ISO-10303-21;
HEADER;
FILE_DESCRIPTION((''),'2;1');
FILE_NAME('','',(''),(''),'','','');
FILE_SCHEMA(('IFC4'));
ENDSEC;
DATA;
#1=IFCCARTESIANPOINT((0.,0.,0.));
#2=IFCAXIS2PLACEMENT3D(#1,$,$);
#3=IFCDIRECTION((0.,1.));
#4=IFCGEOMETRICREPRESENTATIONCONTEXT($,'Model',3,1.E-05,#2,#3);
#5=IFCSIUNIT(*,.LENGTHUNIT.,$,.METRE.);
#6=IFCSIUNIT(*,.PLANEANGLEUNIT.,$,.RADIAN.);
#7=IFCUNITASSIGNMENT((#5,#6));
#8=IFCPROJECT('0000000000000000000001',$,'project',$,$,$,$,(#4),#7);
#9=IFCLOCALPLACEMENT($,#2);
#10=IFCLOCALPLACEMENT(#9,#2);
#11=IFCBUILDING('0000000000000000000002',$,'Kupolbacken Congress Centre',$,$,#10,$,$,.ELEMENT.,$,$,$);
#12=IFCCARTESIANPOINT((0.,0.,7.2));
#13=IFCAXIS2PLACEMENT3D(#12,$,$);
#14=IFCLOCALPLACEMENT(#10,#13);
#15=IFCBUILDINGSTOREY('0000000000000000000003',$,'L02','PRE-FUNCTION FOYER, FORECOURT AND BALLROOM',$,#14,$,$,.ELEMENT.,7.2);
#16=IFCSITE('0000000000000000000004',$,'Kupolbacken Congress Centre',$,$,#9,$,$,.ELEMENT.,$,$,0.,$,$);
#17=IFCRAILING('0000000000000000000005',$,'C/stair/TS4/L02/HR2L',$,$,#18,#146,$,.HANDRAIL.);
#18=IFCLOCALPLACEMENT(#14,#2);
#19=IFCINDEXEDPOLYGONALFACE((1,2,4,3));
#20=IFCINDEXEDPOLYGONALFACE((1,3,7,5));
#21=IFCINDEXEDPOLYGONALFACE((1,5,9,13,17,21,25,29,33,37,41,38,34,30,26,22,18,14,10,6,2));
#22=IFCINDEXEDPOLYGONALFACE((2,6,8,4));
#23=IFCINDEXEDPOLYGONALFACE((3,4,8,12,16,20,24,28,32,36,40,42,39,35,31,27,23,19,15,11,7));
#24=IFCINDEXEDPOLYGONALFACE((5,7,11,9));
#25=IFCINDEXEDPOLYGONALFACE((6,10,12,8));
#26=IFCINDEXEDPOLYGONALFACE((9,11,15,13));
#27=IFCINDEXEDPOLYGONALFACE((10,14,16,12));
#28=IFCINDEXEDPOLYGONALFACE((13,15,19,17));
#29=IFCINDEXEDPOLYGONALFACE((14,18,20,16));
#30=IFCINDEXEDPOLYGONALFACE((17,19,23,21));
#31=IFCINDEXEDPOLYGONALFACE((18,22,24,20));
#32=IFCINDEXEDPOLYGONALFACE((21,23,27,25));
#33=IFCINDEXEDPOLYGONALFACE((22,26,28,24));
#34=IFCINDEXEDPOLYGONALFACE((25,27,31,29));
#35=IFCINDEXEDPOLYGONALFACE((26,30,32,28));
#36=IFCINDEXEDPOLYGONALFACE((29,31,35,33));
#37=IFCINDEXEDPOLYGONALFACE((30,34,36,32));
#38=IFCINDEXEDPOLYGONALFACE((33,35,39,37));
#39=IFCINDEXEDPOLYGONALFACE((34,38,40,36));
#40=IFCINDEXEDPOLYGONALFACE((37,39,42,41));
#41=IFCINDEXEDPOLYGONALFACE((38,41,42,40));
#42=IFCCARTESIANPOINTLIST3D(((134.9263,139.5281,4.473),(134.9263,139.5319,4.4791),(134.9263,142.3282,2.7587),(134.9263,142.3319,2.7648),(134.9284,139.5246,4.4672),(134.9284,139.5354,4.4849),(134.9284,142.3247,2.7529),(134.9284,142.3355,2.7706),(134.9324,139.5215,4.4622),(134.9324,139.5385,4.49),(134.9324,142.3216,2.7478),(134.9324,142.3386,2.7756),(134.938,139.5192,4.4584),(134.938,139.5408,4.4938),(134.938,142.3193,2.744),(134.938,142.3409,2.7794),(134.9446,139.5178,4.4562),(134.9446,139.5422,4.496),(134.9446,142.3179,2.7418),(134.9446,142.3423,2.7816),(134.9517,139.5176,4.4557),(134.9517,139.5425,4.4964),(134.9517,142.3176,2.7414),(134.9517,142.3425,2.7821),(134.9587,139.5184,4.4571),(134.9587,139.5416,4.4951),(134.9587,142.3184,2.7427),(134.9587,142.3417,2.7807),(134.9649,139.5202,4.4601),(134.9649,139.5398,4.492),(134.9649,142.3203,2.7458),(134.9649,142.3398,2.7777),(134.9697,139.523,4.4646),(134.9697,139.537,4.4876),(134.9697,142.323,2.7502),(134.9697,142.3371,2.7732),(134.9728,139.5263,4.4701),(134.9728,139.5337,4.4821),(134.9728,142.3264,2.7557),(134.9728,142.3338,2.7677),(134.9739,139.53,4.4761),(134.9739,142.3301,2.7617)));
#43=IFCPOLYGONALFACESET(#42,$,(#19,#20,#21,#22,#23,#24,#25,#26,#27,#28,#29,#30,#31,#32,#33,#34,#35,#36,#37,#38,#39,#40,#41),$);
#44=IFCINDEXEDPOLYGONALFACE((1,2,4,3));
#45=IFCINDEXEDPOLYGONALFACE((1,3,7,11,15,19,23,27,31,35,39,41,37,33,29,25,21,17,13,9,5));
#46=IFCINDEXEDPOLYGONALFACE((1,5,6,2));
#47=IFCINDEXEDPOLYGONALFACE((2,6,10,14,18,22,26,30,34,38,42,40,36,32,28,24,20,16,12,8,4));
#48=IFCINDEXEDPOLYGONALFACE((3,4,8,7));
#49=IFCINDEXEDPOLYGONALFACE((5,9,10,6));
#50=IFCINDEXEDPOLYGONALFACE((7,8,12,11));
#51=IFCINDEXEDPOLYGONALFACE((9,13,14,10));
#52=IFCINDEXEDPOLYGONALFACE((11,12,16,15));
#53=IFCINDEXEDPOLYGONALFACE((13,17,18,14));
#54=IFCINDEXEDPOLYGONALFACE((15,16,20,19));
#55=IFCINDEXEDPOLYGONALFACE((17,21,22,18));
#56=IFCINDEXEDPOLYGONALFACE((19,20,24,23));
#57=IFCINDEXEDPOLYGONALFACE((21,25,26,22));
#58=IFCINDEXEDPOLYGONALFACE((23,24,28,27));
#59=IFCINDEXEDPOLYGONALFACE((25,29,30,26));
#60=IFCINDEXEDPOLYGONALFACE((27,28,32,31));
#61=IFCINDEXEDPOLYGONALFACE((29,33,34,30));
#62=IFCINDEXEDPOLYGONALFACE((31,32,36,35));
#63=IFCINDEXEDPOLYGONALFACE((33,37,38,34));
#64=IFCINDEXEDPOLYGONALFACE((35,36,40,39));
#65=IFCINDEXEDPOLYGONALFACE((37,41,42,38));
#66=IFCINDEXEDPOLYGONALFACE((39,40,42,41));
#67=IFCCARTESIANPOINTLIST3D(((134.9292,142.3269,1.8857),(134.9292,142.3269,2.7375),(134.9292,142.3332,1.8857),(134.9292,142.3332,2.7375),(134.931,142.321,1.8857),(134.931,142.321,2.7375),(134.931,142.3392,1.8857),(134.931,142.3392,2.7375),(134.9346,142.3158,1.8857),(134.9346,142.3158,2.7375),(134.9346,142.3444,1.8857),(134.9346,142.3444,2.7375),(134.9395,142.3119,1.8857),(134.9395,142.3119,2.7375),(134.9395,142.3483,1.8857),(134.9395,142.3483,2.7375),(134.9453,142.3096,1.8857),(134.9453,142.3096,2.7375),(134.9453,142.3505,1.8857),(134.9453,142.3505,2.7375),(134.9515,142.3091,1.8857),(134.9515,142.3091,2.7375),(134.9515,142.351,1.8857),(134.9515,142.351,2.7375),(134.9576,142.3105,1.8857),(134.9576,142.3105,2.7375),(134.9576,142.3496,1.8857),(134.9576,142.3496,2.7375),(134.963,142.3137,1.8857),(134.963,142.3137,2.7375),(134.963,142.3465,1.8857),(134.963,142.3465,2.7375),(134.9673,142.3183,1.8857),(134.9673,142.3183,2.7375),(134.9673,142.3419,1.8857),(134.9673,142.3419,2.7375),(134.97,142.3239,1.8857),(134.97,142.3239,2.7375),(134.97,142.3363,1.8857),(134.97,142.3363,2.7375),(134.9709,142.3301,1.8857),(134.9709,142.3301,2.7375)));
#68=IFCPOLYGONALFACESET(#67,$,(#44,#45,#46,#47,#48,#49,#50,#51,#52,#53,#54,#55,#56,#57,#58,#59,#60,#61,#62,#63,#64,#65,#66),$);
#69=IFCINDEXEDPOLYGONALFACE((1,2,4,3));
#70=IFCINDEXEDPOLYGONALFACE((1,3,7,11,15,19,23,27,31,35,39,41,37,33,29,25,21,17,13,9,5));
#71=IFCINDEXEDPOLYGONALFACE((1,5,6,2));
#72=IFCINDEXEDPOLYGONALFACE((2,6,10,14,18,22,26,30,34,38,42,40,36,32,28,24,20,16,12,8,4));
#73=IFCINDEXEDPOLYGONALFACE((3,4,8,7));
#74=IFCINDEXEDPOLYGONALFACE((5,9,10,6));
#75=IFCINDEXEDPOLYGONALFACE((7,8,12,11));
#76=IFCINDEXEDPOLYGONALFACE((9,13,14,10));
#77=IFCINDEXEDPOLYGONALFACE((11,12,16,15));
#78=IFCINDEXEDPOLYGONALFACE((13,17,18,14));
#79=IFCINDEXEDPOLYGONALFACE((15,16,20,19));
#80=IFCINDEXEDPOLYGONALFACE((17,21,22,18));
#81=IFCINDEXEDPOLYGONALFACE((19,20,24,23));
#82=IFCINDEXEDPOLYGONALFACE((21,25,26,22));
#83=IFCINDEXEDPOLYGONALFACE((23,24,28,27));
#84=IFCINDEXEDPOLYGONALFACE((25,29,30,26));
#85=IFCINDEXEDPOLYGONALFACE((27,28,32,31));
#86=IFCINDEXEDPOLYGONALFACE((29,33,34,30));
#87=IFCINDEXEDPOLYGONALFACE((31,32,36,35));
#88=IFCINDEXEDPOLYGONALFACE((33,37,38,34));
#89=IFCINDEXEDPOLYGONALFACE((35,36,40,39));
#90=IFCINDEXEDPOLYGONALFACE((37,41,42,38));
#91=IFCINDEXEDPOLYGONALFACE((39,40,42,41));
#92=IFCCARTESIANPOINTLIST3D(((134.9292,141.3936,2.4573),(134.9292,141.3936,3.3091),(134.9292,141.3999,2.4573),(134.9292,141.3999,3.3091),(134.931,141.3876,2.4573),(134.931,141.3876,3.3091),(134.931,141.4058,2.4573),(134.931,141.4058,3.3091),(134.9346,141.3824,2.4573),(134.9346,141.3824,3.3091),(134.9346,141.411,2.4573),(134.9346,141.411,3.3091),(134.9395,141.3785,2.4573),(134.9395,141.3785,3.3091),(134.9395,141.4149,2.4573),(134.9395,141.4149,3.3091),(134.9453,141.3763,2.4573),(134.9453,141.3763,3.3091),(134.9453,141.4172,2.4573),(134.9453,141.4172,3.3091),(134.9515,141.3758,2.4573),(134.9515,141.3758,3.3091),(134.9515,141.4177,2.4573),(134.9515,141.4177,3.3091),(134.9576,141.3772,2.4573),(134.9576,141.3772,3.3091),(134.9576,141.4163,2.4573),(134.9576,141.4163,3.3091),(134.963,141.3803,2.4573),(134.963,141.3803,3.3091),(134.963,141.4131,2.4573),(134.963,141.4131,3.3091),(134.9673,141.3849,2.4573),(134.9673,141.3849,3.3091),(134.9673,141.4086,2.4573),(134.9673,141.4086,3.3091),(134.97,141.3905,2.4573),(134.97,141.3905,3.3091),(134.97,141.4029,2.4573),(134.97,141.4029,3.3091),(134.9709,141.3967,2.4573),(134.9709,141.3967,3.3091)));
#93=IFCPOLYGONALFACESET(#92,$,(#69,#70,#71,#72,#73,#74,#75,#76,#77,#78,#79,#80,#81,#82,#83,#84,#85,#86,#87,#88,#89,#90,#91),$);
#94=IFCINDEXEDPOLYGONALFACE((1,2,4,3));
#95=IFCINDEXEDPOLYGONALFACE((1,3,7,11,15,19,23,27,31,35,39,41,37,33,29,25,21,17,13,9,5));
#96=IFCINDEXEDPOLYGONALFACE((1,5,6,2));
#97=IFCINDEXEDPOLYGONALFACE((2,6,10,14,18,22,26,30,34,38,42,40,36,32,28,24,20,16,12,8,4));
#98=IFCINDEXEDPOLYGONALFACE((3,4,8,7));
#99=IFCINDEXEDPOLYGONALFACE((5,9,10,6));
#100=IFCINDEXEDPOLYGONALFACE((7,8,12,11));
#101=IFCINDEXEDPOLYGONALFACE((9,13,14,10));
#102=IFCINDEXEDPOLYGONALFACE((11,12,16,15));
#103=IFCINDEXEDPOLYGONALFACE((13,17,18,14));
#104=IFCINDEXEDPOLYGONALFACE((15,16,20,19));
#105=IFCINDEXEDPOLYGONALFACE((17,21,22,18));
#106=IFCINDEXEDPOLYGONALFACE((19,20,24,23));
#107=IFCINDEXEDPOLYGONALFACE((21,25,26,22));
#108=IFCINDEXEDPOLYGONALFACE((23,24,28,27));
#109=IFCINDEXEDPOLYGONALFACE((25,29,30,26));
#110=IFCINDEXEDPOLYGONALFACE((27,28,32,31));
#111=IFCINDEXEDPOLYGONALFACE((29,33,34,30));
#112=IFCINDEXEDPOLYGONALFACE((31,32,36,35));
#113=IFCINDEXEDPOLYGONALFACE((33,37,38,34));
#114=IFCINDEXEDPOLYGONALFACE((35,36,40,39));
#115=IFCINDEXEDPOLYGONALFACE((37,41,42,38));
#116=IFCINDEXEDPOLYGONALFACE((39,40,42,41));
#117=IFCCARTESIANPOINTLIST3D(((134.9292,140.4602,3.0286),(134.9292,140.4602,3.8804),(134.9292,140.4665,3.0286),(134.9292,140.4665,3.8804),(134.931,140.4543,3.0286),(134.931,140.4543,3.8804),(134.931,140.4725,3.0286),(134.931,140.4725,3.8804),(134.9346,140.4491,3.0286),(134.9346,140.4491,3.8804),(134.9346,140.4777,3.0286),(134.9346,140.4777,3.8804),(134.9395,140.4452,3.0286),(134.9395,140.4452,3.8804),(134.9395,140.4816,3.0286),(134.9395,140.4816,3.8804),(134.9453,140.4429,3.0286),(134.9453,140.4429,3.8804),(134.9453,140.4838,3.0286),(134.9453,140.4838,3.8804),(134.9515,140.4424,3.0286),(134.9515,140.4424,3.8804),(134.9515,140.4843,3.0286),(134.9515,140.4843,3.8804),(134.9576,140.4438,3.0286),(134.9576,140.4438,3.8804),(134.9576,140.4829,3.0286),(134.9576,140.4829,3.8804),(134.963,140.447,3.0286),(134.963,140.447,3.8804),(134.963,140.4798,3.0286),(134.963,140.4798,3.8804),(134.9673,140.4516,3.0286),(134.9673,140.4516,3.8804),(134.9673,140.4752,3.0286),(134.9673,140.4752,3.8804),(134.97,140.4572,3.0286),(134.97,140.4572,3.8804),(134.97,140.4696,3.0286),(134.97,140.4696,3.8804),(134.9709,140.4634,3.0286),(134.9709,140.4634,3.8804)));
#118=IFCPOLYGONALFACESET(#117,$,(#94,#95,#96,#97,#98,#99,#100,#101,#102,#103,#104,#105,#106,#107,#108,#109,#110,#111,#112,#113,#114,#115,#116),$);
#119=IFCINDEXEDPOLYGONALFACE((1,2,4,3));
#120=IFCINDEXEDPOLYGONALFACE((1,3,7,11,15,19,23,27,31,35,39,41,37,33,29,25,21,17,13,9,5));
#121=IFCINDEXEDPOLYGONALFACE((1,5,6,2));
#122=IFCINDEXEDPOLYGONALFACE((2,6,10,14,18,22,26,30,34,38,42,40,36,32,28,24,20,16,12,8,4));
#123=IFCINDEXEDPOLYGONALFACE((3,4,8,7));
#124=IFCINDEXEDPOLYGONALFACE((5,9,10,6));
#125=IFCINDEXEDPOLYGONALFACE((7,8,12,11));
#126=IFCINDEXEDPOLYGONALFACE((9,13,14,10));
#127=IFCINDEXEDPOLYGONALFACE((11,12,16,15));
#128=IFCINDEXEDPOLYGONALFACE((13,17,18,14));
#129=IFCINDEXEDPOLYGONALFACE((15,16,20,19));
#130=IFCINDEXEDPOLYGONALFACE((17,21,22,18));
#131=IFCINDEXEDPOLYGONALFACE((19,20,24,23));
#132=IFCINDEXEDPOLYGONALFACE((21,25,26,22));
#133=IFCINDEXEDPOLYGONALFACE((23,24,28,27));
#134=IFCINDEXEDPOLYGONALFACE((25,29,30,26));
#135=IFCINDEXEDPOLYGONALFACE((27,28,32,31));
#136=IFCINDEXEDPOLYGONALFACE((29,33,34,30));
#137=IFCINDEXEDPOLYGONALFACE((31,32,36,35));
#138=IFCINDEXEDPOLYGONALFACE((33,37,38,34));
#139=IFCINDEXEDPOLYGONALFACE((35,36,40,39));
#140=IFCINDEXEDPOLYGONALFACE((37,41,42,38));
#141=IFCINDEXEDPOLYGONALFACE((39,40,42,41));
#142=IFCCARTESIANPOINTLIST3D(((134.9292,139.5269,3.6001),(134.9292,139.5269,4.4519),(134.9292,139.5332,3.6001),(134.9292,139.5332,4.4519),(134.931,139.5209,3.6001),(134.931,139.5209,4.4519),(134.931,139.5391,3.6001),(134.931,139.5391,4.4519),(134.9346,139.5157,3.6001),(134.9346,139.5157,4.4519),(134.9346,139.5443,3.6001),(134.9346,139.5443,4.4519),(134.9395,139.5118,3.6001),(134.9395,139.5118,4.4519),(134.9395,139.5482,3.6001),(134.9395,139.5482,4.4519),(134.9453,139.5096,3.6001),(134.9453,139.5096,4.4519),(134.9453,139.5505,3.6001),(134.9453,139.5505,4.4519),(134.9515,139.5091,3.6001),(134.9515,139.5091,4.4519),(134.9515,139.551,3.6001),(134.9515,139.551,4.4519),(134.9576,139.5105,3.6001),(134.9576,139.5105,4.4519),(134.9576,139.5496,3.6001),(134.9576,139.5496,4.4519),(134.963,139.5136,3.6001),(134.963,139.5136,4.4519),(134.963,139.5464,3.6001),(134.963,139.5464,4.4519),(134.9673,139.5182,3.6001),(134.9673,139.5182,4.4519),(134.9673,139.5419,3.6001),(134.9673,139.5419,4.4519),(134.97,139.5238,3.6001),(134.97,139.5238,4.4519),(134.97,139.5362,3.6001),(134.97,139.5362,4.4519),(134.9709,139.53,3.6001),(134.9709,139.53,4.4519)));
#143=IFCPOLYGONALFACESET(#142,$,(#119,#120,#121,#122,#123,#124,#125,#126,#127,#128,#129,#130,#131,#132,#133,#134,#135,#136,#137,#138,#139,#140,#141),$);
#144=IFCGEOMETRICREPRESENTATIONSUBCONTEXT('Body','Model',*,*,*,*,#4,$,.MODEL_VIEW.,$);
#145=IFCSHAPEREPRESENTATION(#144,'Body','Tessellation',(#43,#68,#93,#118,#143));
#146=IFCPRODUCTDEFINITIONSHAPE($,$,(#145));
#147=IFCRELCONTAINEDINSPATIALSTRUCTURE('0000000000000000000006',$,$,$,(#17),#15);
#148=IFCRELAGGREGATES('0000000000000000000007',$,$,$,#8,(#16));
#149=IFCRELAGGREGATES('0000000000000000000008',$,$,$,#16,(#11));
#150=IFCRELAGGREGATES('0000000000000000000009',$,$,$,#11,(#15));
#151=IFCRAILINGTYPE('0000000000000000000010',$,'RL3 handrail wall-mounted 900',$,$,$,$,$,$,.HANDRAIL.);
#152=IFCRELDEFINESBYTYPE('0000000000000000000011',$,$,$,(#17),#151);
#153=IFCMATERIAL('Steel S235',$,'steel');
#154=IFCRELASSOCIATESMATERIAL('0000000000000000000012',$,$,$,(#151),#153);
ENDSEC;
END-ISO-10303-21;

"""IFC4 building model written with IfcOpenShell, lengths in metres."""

from ifc_helpers import new_model, si_unit, direction, frame, origin, origin_2d, place, context, subcontext, project, spatial, circle, extrude, material, type_object, element, save


model = new_model("IFC4")

# Units and contexts
model_context = context("Model", 3, precision=1e-05, world=origin(), true_north=direction((0.0, 1.0)))
body_context = subcontext(model_context, "Body", "Model", "MODEL_VIEW")
ifc_project = project(units=[si_unit("LENGTHUNIT", "METRE"), si_unit("PLANEANGLEUNIT", "RADIAN")], contexts=[model_context])

# Site, building, storey
site_placement = place(None, origin())
site = spatial("IfcSite", under=ifc_project, at=site_placement, Name="Kupolbacken Congress Centre", CompositionType="ELEMENT", RefElevation=0.0)
building_placement = place(site_placement, origin())
building = spatial("IfcBuilding", under=site, at=building_placement, Name="Kupolbacken Congress Centre", CompositionType="ELEMENT")
storey_placement = place(building_placement, frame((0.0, 0.0, 7.2)))
storey = spatial("IfcBuildingStorey", under=building, at=storey_placement, Name="L02", Description="PRE-FUNCTION FOYER, FORECOURT AND BALLROOM", CompositionType="ELEMENT", Elevation=7.2)

# Railing
ifc_material_1 = material(Name="Steel S235", Category="steel")
railing_type = type_object("IfcRailingType", Name="RL3 handrail wall-mounted 900", PredefinedType="HANDRAIL", material=ifc_material_1)
for number, where, name in (
    (1, (134.95, 142.3301, 1.8857), "C/stair/TS4/L02/HR2L"),
):
    element("IfcRailing", number, at=place(storey_placement, frame(where)), inside=storey, type_object=railing_type, Name=name, PredefinedType="HANDRAIL", context=body_context, shape_type="SweptSolid", body=[
        extrude(circle(Radius=0.0239, at=origin_2d()), frame((0.0, 0.0, 0.876), z_axis=(0.0, -0.852846, 0.522163), x_axis=(1.0, 0.0, 0.0)), (0.0, 0.0, 1.0), 3.2832),
        extrude(circle(Radius=0.021, at=origin_2d()), origin(), (0.0, 0.0, 1.0), 0.8518),
        extrude(circle(Radius=0.021, at=origin_2d()), frame((0.0, -0.9333, 0.5715)), (0.0, 0.0, 1.0), 0.8518),
        extrude(circle(Radius=0.021, at=origin_2d()), frame((0.0, -1.8667, 1.1428)), (0.0, 0.0, 1.0), 0.8518),
        extrude(circle(Radius=0.021, at=origin_2d()), frame((0.0, -2.8, 1.7144)), (0.0, 0.0, 1.0), 0.8518),
    ])

save(model, "model.ifc")
